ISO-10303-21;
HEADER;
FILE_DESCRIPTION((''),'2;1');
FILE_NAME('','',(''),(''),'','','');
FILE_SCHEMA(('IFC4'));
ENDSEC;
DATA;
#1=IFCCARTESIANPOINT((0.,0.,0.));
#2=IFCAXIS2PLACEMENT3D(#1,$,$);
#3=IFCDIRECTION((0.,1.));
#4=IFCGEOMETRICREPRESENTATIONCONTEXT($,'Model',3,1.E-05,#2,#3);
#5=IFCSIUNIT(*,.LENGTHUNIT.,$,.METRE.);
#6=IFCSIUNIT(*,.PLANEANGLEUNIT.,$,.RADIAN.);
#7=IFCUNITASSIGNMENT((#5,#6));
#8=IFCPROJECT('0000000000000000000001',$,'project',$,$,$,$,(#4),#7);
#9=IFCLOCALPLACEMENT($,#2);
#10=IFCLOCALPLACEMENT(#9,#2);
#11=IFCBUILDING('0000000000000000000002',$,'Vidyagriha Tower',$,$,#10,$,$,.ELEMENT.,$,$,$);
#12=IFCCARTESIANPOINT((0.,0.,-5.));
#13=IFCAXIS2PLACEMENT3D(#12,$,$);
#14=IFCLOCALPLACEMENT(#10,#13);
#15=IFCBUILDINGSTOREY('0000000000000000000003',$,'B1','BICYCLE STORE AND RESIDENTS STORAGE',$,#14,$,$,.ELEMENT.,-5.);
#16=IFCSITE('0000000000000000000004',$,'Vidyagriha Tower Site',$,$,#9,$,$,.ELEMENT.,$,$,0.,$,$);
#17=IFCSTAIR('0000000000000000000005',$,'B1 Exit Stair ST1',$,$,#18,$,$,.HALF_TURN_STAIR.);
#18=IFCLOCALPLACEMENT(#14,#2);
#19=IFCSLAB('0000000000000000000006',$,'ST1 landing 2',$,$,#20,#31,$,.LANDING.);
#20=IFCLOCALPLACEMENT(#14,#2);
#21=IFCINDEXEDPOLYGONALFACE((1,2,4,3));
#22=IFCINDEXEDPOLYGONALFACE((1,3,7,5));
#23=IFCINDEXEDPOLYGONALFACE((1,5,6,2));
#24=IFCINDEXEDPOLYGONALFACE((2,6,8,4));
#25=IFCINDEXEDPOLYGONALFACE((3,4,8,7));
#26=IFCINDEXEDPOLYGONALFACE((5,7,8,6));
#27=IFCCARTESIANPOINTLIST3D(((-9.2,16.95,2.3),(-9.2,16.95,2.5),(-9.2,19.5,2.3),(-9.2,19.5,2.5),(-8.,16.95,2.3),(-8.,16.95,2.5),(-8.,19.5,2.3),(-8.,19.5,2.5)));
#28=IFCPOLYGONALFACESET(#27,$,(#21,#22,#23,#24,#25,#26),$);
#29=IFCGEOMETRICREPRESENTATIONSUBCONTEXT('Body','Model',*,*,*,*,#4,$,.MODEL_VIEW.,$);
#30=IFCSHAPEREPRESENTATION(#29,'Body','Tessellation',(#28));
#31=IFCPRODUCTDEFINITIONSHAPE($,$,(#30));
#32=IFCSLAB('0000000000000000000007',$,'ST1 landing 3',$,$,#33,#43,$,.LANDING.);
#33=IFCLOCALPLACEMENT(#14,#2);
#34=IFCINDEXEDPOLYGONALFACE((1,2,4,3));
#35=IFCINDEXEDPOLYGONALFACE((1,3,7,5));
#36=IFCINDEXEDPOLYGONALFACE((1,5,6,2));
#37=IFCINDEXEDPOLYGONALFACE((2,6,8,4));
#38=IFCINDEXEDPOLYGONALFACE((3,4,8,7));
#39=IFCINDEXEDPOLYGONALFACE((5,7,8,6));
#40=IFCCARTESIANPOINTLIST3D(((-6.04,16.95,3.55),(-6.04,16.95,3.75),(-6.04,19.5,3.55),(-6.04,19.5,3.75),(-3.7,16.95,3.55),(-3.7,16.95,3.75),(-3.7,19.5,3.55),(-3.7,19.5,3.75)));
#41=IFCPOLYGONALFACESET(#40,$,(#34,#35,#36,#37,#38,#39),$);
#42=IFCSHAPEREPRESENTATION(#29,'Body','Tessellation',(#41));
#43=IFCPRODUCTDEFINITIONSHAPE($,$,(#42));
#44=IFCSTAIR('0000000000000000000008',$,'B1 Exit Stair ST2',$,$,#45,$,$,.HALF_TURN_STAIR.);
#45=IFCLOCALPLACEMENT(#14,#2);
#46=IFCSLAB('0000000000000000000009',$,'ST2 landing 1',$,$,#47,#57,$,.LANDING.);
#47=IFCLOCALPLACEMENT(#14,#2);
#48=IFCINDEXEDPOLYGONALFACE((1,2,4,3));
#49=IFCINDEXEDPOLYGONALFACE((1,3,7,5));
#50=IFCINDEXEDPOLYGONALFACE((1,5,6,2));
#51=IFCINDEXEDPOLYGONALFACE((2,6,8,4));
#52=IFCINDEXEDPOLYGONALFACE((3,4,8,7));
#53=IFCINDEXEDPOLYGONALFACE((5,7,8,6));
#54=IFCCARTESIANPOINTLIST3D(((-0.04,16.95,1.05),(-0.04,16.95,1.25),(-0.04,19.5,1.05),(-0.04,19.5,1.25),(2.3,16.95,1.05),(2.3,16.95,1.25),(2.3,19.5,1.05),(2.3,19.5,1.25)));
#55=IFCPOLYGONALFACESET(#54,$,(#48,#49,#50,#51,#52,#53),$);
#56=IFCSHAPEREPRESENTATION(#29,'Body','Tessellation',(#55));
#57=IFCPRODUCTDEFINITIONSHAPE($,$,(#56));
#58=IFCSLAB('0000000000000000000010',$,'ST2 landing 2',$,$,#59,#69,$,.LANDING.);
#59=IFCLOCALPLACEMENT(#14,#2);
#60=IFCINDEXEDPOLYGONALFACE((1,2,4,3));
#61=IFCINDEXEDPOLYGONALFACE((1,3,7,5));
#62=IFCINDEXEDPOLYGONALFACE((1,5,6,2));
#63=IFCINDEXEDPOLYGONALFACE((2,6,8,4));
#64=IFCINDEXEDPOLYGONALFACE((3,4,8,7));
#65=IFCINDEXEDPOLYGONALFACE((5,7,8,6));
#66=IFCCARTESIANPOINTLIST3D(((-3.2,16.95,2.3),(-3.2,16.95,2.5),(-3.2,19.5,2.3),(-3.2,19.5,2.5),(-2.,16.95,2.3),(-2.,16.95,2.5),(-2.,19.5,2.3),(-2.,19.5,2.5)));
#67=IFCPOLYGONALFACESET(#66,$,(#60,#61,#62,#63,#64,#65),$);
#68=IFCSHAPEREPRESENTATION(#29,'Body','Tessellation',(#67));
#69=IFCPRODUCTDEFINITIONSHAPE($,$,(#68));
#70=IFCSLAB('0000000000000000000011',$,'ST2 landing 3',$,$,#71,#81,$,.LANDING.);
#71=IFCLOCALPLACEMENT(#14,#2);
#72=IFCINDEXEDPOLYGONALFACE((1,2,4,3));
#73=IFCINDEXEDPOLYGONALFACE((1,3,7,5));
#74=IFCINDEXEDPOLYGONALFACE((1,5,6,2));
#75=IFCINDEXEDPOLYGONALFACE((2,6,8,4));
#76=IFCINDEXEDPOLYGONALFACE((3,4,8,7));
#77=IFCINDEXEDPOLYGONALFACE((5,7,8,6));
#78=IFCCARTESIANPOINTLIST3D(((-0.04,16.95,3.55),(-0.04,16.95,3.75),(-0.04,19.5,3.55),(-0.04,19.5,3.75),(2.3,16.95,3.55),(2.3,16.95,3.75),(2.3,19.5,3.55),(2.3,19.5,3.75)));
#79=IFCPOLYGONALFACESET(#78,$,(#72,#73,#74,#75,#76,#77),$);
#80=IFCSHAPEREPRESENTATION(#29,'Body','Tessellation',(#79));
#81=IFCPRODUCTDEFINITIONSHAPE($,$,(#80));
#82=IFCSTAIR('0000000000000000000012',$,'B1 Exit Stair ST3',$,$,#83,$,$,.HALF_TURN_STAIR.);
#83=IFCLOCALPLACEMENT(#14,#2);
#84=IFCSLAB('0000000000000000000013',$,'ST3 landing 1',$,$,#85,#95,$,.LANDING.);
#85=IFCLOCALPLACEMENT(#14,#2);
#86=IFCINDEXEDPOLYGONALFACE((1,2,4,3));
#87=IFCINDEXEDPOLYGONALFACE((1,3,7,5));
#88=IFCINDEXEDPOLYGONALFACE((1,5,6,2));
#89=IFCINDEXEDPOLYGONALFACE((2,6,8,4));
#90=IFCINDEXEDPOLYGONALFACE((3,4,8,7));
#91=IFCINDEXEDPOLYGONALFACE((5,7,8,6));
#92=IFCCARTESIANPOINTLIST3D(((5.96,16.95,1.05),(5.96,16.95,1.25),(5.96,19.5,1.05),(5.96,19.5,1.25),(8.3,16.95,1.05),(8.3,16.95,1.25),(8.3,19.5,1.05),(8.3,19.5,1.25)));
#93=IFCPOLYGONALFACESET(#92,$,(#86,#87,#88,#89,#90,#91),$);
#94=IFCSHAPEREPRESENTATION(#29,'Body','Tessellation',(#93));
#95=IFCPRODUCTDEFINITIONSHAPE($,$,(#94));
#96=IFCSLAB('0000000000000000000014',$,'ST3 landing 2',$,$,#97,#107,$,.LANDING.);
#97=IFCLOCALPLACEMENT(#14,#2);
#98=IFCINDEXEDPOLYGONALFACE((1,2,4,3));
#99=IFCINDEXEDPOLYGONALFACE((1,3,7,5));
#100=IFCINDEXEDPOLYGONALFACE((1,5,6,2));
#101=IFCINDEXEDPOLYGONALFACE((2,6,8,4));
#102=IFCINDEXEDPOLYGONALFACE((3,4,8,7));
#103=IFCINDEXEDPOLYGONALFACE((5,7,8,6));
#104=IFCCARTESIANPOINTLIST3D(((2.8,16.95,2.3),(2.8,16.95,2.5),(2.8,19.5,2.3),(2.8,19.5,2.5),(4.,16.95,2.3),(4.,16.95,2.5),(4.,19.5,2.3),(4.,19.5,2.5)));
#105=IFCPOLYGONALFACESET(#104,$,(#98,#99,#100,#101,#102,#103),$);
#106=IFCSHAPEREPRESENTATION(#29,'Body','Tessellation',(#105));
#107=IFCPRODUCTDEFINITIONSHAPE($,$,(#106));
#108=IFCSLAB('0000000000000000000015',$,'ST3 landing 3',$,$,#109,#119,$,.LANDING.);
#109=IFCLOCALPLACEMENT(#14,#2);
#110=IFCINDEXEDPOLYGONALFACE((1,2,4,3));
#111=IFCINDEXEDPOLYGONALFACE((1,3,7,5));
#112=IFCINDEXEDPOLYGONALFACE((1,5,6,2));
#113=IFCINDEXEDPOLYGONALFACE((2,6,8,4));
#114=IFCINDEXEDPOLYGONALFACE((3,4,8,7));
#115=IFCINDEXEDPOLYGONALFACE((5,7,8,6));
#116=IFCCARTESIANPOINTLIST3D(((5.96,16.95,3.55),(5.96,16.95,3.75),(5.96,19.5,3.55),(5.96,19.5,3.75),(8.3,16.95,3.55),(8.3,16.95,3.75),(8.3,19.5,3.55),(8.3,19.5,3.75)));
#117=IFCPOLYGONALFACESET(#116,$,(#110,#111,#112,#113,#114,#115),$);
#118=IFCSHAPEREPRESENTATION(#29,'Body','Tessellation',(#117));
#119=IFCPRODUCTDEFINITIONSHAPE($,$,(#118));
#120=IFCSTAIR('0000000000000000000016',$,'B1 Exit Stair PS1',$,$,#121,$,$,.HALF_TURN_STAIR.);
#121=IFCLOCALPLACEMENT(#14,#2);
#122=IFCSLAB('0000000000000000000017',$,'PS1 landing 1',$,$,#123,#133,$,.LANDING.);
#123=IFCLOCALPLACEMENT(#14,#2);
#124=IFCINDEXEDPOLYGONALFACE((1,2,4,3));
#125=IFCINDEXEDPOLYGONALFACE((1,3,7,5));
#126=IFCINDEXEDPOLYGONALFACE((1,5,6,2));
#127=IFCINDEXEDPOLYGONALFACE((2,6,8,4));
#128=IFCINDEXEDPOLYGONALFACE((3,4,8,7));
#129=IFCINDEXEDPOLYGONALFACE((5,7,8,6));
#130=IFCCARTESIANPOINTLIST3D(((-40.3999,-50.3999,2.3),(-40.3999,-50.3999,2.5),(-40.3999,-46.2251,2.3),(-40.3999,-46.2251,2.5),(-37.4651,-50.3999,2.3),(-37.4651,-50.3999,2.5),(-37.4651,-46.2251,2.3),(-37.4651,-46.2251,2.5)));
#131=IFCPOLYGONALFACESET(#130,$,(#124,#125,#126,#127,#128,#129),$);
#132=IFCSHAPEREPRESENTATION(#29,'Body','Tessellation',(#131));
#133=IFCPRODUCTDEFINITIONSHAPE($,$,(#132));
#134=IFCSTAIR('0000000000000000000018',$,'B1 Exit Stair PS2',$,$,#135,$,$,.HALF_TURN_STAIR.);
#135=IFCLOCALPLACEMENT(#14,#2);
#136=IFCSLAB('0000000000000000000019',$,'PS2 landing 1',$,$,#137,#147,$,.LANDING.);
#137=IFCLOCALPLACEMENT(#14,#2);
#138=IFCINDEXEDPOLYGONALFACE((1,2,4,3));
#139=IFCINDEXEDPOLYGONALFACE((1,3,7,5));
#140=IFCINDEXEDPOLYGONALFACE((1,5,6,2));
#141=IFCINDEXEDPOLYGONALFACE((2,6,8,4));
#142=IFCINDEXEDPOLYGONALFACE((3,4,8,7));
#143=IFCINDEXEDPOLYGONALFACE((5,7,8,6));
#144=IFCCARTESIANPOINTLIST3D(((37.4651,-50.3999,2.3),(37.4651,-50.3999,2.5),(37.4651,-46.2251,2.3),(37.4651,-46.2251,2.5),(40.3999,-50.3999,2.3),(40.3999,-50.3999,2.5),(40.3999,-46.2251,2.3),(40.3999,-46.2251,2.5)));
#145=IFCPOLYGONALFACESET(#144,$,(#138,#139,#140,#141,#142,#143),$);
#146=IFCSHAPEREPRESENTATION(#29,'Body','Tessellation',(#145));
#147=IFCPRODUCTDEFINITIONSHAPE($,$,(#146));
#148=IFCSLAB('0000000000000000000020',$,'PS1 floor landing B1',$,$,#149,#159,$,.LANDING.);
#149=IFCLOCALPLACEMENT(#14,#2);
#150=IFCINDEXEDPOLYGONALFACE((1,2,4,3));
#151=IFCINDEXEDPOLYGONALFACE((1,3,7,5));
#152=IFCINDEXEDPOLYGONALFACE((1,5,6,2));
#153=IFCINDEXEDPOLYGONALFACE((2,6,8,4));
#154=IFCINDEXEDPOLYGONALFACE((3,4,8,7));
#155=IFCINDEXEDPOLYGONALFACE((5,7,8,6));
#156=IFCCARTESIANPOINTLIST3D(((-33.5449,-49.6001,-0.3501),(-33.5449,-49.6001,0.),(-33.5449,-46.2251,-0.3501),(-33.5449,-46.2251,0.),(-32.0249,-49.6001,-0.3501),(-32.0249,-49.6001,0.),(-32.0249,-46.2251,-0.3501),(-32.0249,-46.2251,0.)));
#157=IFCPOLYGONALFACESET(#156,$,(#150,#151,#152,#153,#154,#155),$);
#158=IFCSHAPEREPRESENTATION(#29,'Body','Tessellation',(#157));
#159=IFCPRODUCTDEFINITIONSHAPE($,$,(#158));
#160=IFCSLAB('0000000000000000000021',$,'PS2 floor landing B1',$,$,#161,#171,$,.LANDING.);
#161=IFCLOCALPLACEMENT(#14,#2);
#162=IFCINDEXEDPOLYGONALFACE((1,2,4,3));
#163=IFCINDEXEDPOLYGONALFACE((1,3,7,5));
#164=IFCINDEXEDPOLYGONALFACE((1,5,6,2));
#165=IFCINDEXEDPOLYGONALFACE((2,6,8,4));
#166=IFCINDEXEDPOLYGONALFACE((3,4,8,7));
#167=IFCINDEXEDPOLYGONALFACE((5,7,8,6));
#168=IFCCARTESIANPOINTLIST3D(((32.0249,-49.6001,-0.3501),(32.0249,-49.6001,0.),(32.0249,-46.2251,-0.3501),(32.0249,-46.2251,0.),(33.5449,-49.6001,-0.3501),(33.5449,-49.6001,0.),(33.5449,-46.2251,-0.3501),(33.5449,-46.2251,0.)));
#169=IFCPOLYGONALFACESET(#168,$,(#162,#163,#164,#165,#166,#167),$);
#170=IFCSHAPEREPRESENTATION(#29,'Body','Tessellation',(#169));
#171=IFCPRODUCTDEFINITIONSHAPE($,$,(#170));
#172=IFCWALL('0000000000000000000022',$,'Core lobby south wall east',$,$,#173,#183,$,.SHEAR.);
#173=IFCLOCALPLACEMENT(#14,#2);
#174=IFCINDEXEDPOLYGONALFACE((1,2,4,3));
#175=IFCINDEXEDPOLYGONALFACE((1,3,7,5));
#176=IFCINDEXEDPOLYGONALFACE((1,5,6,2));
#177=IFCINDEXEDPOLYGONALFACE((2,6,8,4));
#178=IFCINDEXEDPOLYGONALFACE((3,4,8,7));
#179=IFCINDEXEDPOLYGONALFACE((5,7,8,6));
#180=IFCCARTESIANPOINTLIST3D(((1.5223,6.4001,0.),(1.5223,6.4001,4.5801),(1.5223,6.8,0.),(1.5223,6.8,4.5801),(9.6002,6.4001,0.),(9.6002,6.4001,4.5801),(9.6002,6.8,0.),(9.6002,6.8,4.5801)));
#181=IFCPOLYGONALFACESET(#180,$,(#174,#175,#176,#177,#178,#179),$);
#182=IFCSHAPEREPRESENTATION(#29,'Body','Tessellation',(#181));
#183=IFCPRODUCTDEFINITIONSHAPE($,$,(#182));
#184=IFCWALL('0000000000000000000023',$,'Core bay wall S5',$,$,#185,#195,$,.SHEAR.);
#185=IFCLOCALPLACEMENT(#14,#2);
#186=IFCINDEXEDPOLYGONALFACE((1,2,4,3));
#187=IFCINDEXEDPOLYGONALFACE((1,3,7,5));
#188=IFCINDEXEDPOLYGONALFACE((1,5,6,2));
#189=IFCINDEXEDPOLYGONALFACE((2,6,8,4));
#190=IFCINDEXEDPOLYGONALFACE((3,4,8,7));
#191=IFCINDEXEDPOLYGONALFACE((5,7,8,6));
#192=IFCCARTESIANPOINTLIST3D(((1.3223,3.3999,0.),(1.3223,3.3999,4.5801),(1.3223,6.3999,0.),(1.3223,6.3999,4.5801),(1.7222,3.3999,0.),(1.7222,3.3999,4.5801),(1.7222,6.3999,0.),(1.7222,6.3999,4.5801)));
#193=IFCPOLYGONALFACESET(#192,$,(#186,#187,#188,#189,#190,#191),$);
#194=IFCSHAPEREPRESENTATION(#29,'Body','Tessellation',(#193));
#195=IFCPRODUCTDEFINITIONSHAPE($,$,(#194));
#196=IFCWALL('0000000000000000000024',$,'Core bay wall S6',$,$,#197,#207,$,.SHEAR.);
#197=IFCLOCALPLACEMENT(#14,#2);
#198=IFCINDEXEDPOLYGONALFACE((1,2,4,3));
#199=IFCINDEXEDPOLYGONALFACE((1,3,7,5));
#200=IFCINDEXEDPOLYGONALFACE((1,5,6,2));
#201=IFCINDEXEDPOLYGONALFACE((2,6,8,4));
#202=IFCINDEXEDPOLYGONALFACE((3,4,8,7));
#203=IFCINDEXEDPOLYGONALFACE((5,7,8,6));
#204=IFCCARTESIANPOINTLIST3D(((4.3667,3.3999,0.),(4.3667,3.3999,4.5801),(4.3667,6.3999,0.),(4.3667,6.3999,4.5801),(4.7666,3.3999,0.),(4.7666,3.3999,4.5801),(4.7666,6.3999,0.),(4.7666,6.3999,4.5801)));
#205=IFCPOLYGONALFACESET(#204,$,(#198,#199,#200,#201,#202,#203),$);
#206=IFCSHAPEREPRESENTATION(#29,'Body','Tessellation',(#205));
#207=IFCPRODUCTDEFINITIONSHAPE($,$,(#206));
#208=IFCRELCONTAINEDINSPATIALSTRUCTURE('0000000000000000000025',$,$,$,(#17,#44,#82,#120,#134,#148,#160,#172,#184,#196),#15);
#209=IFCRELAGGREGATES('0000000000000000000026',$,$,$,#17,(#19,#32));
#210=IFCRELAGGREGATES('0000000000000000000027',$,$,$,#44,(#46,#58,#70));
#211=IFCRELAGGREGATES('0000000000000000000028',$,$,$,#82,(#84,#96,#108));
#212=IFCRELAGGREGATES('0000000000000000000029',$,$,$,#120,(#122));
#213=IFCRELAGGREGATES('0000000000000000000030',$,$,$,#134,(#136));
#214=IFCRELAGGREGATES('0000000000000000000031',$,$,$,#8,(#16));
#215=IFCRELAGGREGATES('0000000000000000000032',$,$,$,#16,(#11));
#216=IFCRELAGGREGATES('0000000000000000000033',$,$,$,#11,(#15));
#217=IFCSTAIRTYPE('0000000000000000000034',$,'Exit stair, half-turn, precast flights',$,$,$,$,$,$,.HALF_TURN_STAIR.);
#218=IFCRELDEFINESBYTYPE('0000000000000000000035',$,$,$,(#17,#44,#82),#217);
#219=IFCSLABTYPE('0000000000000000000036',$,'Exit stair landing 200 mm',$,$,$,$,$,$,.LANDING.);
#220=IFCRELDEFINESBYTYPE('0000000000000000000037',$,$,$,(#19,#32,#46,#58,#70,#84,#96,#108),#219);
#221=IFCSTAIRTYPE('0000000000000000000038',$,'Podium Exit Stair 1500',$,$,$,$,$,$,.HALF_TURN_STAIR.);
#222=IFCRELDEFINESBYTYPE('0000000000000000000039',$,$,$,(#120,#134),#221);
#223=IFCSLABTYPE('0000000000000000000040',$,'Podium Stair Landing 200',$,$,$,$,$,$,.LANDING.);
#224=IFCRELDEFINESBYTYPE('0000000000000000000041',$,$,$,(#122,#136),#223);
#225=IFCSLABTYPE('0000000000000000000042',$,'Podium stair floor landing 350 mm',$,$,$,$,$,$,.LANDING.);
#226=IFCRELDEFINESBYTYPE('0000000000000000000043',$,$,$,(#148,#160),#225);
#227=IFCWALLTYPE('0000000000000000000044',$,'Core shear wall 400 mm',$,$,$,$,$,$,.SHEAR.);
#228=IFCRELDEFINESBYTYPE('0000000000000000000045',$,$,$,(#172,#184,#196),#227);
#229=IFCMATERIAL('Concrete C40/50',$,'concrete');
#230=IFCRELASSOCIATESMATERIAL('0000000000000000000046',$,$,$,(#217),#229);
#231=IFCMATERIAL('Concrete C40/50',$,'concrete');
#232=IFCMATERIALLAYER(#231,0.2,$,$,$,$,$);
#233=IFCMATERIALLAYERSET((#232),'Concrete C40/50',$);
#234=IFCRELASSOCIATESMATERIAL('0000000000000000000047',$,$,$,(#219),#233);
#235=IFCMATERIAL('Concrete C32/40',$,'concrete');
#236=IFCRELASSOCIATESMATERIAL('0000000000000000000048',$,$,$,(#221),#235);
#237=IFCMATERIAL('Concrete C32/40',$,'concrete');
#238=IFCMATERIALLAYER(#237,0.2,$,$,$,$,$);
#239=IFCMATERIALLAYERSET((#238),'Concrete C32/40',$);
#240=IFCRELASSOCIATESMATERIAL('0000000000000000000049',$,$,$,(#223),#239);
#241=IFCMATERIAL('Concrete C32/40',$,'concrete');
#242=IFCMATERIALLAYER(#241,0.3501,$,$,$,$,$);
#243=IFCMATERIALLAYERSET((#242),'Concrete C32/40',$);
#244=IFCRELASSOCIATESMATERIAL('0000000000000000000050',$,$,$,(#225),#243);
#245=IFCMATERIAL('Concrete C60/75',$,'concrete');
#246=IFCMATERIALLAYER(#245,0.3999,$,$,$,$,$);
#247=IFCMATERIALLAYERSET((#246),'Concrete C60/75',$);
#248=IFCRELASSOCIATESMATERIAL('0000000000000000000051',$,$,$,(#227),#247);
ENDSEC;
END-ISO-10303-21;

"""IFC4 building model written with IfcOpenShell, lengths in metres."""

from ifc_helpers import new_model, si_unit, direction, frame, frame_2d, origin, place, context, subcontext, project, spatial, polyline, rectangle, outline, extrude, material, layer, layer_set, type_object, element, aggregate, save


model = new_model("IFC4")

# Units and contexts
model_context = context("Model", 3, precision=1e-05, world=origin(), true_north=direction((0.0, 1.0)))
body_context = subcontext(model_context, "Body", "Model", "MODEL_VIEW")
ifc_project = project(units=[si_unit("LENGTHUNIT", "METRE"), si_unit("PLANEANGLEUNIT", "RADIAN")], contexts=[model_context])

# Site, building, storey
site_placement = place(None, origin())
site = spatial("IfcSite", under=ifc_project, at=site_placement, Name="Vidyagriha Tower Site", CompositionType="ELEMENT", RefElevation=0.0)
building_placement = place(site_placement, origin())
building = spatial("IfcBuilding", under=site, at=building_placement, Name="Vidyagriha Tower", CompositionType="ELEMENT")
storey_placement = place(building_placement, frame((0.0, 0.0, -5.0)))
storey = spatial("IfcBuildingStorey", under=building, at=storey_placement, Name="B1", Description="BICYCLE STORE AND RESIDENTS STORAGE", CompositionType="ELEMENT", Elevation=-5.0)

# Stairs, slabs
ifc_material_1 = material(Name="Concrete C40/50", Category="concrete")
stair_type_1 = type_object("IfcStairType", Name="Exit stair, half-turn, precast flights", PredefinedType="HALF_TURN_STAIR", material=ifc_material_1)
stair_1_placement = place(storey_placement, origin())
stair_1 = element("IfcStair", 1, at=stair_1_placement, inside=storey, type_object=stair_type_1, Name="B1 Exit Stair ST1", PredefinedType="HALF_TURN_STAIR")
ifc_material_2 = material(Name="Concrete C40/50", Category="concrete")
ifc_layer_1 = layer(ifc_material_2, 0.2)
ifc_layer_set_1 = layer_set([ifc_layer_1], Name="Concrete C40/50")
slab_type_1 = type_object("IfcSlabType", Name="Exit stair landing 200 mm", PredefinedType="LANDING", material=ifc_layer_set_1)
slab_1_placement = place(storey_placement, frame((0.0, 0.0, 2.3)))
slab_1 = element("IfcSlab", 2, at=slab_1_placement, type_object=slab_type_1, Name="ST1 landing 2", PredefinedType="LANDING", context=body_context, shape_type="SweptSolid", body=[
    extrude(outline(polyline([(-9.2, 16.95), (-8.0, 16.95), (-8.0, 19.5), (-9.2, 19.5), (-9.2, 16.95)])), origin(), (0.0, 0.0, 1.0), 0.2),
])
slab_2_placement = place(storey_placement, frame((0.0, 0.0, 3.55)))
slab_2 = element("IfcSlab", 3, at=slab_2_placement, type_object=slab_type_1, Name="ST1 landing 3", PredefinedType="LANDING", context=body_context, shape_type="SweptSolid", body=[
    extrude(outline(polyline([(-6.04, 16.95), (-3.7, 16.95), (-3.7, 19.5), (-6.04, 19.5), (-6.04, 16.95)])), origin(), (0.0, 0.0, 1.0), 0.2),
])
aggregate(stair_1, [slab_1, slab_2])
stair_2_placement = place(storey_placement, origin())
stair_2 = element("IfcStair", 4, at=stair_2_placement, inside=storey, type_object=stair_type_1, Name="B1 Exit Stair ST2", PredefinedType="HALF_TURN_STAIR")
slab_3_placement = place(storey_placement, frame((0.0, 0.0, 1.05)))
slab_3 = element("IfcSlab", 5, at=slab_3_placement, type_object=slab_type_1, Name="ST2 landing 1", PredefinedType="LANDING", context=body_context, shape_type="SweptSolid", body=[
    extrude(outline(polyline([(-0.04, 16.95), (2.3, 16.95), (2.3, 19.5), (-0.04, 19.5), (-0.04, 16.95)])), origin(), (0.0, 0.0, 1.0), 0.2),
])
slab_4_placement = place(storey_placement, frame((0.0, 0.0, 2.3)))
slab_4 = element("IfcSlab", 6, at=slab_4_placement, type_object=slab_type_1, Name="ST2 landing 2", PredefinedType="LANDING", context=body_context, shape_type="SweptSolid", body=[
    extrude(outline(polyline([(-3.2, 16.95), (-2.0, 16.95), (-2.0, 19.5), (-3.2, 19.5), (-3.2, 16.95)])), origin(), (0.0, 0.0, 1.0), 0.2),
])
slab_5_placement = place(storey_placement, frame((0.0, 0.0, 3.55)))
slab_5 = element("IfcSlab", 7, at=slab_5_placement, type_object=slab_type_1, Name="ST2 landing 3", PredefinedType="LANDING", context=body_context, shape_type="SweptSolid", body=[
    extrude(outline(polyline([(-0.04, 16.95), (2.3, 16.95), (2.3, 19.5), (-0.04, 19.5), (-0.04, 16.95)])), origin(), (0.0, 0.0, 1.0), 0.2),
])
aggregate(stair_2, [slab_3, slab_4, slab_5])
stair_3_placement = place(storey_placement, origin())
stair_3 = element("IfcStair", 8, at=stair_3_placement, inside=storey, type_object=stair_type_1, Name="B1 Exit Stair ST3", PredefinedType="HALF_TURN_STAIR")
slab_6_placement = place(storey_placement, frame((0.0, 0.0, 1.05)))
slab_6 = element("IfcSlab", 9, at=slab_6_placement, type_object=slab_type_1, Name="ST3 landing 1", PredefinedType="LANDING", context=body_context, shape_type="SweptSolid", body=[
    extrude(outline(polyline([(5.96, 16.95), (8.3, 16.95), (8.3, 19.5), (5.96, 19.5), (5.96, 16.95)])), origin(), (0.0, 0.0, 1.0), 0.2),
])
slab_7_placement = place(storey_placement, frame((0.0, 0.0, 2.3)))
slab_7 = element("IfcSlab", 10, at=slab_7_placement, type_object=slab_type_1, Name="ST3 landing 2", PredefinedType="LANDING", context=body_context, shape_type="SweptSolid", body=[
    extrude(outline(polyline([(2.8, 16.95), (4.0, 16.95), (4.0, 19.5), (2.8, 19.5), (2.8, 16.95)])), origin(), (0.0, 0.0, 1.0), 0.2),
])
slab_8_placement = place(storey_placement, frame((0.0, 0.0, 3.55)))
slab_8 = element("IfcSlab", 11, at=slab_8_placement, type_object=slab_type_1, Name="ST3 landing 3", PredefinedType="LANDING", context=body_context, shape_type="SweptSolid", body=[
    extrude(outline(polyline([(5.96, 16.95), (8.3, 16.95), (8.3, 19.5), (5.96, 19.5), (5.96, 16.95)])), origin(), (0.0, 0.0, 1.0), 0.2),
])
aggregate(stair_3, [slab_6, slab_7, slab_8])

# Stairs, slabs
ifc_material_3 = material(Name="Concrete C32/40", Category="concrete")
stair_type_2 = type_object("IfcStairType", Name="Podium Exit Stair 1500", PredefinedType="HALF_TURN_STAIR", material=ifc_material_3)
stair_4_placement = place(storey_placement, origin())
stair_4 = element("IfcStair", 12, at=stair_4_placement, inside=storey, type_object=stair_type_2, Name="B1 Exit Stair PS1", PredefinedType="HALF_TURN_STAIR")
ifc_material_4 = material(Name="Concrete C32/40", Category="concrete")
ifc_layer_2 = layer(ifc_material_4, 0.2)
ifc_layer_set_2 = layer_set([ifc_layer_2], Name="Concrete C32/40")
slab_type_2 = type_object("IfcSlabType", Name="Podium Stair Landing 200", PredefinedType="LANDING", material=ifc_layer_set_2)
slab_9_placement = place(storey_placement, frame((0.0, 0.0, 2.3)))
slab_9 = element("IfcSlab", 13, at=slab_9_placement, type_object=slab_type_2, Name="PS1 landing 1", PredefinedType="LANDING", context=body_context, shape_type="SweptSolid", body=[
    extrude(outline(polyline([(-37.4651, -46.2251), (-40.3999, -46.2251), (-40.3999, -50.3999), (-37.4651, -50.3999), (-37.4651, -46.2251)])), origin(), (0.0, 0.0, 1.0), 0.2),
])
aggregate(stair_4, [slab_9])
stair_5_placement = place(storey_placement, origin())
stair_5 = element("IfcStair", 14, at=stair_5_placement, inside=storey, type_object=stair_type_2, Name="B1 Exit Stair PS2", PredefinedType="HALF_TURN_STAIR")
slab_10_placement = place(storey_placement, frame((0.0, 0.0, 2.3)))
slab_10 = element("IfcSlab", 15, at=slab_10_placement, type_object=slab_type_2, Name="PS2 landing 1", PredefinedType="LANDING", context=body_context, shape_type="SweptSolid", body=[
    extrude(outline(polyline([(37.4651, -50.3999), (40.3999, -50.3999), (40.3999, -46.2251), (37.4651, -46.2251), (37.4651, -50.3999)])), origin(), (0.0, 0.0, 1.0), 0.2),
])
aggregate(stair_5, [slab_10])

# Slabs
ifc_material_5 = material(Name="Concrete C32/40", Category="concrete")
ifc_layer_3 = layer(ifc_material_5, 0.3501)
ifc_layer_set_3 = layer_set([ifc_layer_3], Name="Concrete C32/40")
slab_type_3 = type_object("IfcSlabType", Name="Podium stair floor landing 350 mm", PredefinedType="LANDING", material=ifc_layer_set_3)
slab_11_placement = place(storey_placement, frame((0.0, 0.0, -0.3501)))
element("IfcSlab", 16, at=slab_11_placement, inside=storey, type_object=slab_type_3, Name="PS1 floor landing B1", PredefinedType="LANDING", context=body_context, shape_type="SweptSolid", body=[
    extrude(outline(polyline([(-33.5449, -49.6001), (-32.0249, -49.6001), (-32.0249, -46.2251), (-33.5449, -46.2251), (-33.5449, -49.6001)])), origin(), (0.0, 0.0, 1.0), 0.3501),
])
slab_12_placement = place(storey_placement, frame((0.0, 0.0, -0.3501)))
element("IfcSlab", 17, at=slab_12_placement, inside=storey, type_object=slab_type_3, Name="PS2 floor landing B1", PredefinedType="LANDING", context=body_context, shape_type="SweptSolid", body=[
    extrude(outline(polyline([(32.0249, -49.6001), (33.5449, -49.6001), (33.5449, -46.2251), (32.0249, -46.2251), (32.0249, -49.6001)])), origin(), (0.0, 0.0, 1.0), 0.3501),
])

# Walls
ifc_material_6 = material(Name="Concrete C60/75", Category="concrete")
ifc_layer_4 = layer(ifc_material_6, 0.3999)
ifc_layer_set_4 = layer_set([ifc_layer_4], Name="Concrete C60/75")
wall_type_1 = type_object("IfcWallType", Name="Core shear wall 400 mm", PredefinedType="SHEAR", material=ifc_layer_set_4)
wall_1_placement = place(storey_placement, frame((1.5222, 6.6001, 0.0)))
element("IfcWall", 18, at=wall_1_placement, inside=storey, type_object=wall_type_1, Name="Core lobby south wall east", PredefinedType="SHEAR", context=body_context, shape_type="SweptSolid", body=[
    extrude(rectangle(XDim=8.0779, YDim=0.3999, at=frame_2d((4.0391, 0.0))), origin(), (0.0, 0.0, 1.0), 4.5801),
])
for number, where, z_axis, x_axis, name in (
    (19, (1.5222, 3.3999, 0.0), (0.0, 0.0, 1.0), (0.0, 1.0, 0.0), "Core bay wall S5"),
    (20, (4.5667, 3.3999, 0.0), (0.0, 0.0, 1.0), (0.0, 1.0, 0.0), "Core bay wall S6"),
):
    element("IfcWall", number, at=place(storey_placement, frame(where, z_axis=z_axis, x_axis=x_axis)), inside=storey, type_object=wall_type_1, Name=name, PredefinedType="SHEAR", context=body_context, shape_type="SweptSolid", body=[
        extrude(rectangle(XDim=3.0, YDim=0.3999, at=frame_2d((1.5, 0.0))), origin(), (0.0, 0.0, 1.0), 4.5801),
    ])

save(model, "model.ifc")
